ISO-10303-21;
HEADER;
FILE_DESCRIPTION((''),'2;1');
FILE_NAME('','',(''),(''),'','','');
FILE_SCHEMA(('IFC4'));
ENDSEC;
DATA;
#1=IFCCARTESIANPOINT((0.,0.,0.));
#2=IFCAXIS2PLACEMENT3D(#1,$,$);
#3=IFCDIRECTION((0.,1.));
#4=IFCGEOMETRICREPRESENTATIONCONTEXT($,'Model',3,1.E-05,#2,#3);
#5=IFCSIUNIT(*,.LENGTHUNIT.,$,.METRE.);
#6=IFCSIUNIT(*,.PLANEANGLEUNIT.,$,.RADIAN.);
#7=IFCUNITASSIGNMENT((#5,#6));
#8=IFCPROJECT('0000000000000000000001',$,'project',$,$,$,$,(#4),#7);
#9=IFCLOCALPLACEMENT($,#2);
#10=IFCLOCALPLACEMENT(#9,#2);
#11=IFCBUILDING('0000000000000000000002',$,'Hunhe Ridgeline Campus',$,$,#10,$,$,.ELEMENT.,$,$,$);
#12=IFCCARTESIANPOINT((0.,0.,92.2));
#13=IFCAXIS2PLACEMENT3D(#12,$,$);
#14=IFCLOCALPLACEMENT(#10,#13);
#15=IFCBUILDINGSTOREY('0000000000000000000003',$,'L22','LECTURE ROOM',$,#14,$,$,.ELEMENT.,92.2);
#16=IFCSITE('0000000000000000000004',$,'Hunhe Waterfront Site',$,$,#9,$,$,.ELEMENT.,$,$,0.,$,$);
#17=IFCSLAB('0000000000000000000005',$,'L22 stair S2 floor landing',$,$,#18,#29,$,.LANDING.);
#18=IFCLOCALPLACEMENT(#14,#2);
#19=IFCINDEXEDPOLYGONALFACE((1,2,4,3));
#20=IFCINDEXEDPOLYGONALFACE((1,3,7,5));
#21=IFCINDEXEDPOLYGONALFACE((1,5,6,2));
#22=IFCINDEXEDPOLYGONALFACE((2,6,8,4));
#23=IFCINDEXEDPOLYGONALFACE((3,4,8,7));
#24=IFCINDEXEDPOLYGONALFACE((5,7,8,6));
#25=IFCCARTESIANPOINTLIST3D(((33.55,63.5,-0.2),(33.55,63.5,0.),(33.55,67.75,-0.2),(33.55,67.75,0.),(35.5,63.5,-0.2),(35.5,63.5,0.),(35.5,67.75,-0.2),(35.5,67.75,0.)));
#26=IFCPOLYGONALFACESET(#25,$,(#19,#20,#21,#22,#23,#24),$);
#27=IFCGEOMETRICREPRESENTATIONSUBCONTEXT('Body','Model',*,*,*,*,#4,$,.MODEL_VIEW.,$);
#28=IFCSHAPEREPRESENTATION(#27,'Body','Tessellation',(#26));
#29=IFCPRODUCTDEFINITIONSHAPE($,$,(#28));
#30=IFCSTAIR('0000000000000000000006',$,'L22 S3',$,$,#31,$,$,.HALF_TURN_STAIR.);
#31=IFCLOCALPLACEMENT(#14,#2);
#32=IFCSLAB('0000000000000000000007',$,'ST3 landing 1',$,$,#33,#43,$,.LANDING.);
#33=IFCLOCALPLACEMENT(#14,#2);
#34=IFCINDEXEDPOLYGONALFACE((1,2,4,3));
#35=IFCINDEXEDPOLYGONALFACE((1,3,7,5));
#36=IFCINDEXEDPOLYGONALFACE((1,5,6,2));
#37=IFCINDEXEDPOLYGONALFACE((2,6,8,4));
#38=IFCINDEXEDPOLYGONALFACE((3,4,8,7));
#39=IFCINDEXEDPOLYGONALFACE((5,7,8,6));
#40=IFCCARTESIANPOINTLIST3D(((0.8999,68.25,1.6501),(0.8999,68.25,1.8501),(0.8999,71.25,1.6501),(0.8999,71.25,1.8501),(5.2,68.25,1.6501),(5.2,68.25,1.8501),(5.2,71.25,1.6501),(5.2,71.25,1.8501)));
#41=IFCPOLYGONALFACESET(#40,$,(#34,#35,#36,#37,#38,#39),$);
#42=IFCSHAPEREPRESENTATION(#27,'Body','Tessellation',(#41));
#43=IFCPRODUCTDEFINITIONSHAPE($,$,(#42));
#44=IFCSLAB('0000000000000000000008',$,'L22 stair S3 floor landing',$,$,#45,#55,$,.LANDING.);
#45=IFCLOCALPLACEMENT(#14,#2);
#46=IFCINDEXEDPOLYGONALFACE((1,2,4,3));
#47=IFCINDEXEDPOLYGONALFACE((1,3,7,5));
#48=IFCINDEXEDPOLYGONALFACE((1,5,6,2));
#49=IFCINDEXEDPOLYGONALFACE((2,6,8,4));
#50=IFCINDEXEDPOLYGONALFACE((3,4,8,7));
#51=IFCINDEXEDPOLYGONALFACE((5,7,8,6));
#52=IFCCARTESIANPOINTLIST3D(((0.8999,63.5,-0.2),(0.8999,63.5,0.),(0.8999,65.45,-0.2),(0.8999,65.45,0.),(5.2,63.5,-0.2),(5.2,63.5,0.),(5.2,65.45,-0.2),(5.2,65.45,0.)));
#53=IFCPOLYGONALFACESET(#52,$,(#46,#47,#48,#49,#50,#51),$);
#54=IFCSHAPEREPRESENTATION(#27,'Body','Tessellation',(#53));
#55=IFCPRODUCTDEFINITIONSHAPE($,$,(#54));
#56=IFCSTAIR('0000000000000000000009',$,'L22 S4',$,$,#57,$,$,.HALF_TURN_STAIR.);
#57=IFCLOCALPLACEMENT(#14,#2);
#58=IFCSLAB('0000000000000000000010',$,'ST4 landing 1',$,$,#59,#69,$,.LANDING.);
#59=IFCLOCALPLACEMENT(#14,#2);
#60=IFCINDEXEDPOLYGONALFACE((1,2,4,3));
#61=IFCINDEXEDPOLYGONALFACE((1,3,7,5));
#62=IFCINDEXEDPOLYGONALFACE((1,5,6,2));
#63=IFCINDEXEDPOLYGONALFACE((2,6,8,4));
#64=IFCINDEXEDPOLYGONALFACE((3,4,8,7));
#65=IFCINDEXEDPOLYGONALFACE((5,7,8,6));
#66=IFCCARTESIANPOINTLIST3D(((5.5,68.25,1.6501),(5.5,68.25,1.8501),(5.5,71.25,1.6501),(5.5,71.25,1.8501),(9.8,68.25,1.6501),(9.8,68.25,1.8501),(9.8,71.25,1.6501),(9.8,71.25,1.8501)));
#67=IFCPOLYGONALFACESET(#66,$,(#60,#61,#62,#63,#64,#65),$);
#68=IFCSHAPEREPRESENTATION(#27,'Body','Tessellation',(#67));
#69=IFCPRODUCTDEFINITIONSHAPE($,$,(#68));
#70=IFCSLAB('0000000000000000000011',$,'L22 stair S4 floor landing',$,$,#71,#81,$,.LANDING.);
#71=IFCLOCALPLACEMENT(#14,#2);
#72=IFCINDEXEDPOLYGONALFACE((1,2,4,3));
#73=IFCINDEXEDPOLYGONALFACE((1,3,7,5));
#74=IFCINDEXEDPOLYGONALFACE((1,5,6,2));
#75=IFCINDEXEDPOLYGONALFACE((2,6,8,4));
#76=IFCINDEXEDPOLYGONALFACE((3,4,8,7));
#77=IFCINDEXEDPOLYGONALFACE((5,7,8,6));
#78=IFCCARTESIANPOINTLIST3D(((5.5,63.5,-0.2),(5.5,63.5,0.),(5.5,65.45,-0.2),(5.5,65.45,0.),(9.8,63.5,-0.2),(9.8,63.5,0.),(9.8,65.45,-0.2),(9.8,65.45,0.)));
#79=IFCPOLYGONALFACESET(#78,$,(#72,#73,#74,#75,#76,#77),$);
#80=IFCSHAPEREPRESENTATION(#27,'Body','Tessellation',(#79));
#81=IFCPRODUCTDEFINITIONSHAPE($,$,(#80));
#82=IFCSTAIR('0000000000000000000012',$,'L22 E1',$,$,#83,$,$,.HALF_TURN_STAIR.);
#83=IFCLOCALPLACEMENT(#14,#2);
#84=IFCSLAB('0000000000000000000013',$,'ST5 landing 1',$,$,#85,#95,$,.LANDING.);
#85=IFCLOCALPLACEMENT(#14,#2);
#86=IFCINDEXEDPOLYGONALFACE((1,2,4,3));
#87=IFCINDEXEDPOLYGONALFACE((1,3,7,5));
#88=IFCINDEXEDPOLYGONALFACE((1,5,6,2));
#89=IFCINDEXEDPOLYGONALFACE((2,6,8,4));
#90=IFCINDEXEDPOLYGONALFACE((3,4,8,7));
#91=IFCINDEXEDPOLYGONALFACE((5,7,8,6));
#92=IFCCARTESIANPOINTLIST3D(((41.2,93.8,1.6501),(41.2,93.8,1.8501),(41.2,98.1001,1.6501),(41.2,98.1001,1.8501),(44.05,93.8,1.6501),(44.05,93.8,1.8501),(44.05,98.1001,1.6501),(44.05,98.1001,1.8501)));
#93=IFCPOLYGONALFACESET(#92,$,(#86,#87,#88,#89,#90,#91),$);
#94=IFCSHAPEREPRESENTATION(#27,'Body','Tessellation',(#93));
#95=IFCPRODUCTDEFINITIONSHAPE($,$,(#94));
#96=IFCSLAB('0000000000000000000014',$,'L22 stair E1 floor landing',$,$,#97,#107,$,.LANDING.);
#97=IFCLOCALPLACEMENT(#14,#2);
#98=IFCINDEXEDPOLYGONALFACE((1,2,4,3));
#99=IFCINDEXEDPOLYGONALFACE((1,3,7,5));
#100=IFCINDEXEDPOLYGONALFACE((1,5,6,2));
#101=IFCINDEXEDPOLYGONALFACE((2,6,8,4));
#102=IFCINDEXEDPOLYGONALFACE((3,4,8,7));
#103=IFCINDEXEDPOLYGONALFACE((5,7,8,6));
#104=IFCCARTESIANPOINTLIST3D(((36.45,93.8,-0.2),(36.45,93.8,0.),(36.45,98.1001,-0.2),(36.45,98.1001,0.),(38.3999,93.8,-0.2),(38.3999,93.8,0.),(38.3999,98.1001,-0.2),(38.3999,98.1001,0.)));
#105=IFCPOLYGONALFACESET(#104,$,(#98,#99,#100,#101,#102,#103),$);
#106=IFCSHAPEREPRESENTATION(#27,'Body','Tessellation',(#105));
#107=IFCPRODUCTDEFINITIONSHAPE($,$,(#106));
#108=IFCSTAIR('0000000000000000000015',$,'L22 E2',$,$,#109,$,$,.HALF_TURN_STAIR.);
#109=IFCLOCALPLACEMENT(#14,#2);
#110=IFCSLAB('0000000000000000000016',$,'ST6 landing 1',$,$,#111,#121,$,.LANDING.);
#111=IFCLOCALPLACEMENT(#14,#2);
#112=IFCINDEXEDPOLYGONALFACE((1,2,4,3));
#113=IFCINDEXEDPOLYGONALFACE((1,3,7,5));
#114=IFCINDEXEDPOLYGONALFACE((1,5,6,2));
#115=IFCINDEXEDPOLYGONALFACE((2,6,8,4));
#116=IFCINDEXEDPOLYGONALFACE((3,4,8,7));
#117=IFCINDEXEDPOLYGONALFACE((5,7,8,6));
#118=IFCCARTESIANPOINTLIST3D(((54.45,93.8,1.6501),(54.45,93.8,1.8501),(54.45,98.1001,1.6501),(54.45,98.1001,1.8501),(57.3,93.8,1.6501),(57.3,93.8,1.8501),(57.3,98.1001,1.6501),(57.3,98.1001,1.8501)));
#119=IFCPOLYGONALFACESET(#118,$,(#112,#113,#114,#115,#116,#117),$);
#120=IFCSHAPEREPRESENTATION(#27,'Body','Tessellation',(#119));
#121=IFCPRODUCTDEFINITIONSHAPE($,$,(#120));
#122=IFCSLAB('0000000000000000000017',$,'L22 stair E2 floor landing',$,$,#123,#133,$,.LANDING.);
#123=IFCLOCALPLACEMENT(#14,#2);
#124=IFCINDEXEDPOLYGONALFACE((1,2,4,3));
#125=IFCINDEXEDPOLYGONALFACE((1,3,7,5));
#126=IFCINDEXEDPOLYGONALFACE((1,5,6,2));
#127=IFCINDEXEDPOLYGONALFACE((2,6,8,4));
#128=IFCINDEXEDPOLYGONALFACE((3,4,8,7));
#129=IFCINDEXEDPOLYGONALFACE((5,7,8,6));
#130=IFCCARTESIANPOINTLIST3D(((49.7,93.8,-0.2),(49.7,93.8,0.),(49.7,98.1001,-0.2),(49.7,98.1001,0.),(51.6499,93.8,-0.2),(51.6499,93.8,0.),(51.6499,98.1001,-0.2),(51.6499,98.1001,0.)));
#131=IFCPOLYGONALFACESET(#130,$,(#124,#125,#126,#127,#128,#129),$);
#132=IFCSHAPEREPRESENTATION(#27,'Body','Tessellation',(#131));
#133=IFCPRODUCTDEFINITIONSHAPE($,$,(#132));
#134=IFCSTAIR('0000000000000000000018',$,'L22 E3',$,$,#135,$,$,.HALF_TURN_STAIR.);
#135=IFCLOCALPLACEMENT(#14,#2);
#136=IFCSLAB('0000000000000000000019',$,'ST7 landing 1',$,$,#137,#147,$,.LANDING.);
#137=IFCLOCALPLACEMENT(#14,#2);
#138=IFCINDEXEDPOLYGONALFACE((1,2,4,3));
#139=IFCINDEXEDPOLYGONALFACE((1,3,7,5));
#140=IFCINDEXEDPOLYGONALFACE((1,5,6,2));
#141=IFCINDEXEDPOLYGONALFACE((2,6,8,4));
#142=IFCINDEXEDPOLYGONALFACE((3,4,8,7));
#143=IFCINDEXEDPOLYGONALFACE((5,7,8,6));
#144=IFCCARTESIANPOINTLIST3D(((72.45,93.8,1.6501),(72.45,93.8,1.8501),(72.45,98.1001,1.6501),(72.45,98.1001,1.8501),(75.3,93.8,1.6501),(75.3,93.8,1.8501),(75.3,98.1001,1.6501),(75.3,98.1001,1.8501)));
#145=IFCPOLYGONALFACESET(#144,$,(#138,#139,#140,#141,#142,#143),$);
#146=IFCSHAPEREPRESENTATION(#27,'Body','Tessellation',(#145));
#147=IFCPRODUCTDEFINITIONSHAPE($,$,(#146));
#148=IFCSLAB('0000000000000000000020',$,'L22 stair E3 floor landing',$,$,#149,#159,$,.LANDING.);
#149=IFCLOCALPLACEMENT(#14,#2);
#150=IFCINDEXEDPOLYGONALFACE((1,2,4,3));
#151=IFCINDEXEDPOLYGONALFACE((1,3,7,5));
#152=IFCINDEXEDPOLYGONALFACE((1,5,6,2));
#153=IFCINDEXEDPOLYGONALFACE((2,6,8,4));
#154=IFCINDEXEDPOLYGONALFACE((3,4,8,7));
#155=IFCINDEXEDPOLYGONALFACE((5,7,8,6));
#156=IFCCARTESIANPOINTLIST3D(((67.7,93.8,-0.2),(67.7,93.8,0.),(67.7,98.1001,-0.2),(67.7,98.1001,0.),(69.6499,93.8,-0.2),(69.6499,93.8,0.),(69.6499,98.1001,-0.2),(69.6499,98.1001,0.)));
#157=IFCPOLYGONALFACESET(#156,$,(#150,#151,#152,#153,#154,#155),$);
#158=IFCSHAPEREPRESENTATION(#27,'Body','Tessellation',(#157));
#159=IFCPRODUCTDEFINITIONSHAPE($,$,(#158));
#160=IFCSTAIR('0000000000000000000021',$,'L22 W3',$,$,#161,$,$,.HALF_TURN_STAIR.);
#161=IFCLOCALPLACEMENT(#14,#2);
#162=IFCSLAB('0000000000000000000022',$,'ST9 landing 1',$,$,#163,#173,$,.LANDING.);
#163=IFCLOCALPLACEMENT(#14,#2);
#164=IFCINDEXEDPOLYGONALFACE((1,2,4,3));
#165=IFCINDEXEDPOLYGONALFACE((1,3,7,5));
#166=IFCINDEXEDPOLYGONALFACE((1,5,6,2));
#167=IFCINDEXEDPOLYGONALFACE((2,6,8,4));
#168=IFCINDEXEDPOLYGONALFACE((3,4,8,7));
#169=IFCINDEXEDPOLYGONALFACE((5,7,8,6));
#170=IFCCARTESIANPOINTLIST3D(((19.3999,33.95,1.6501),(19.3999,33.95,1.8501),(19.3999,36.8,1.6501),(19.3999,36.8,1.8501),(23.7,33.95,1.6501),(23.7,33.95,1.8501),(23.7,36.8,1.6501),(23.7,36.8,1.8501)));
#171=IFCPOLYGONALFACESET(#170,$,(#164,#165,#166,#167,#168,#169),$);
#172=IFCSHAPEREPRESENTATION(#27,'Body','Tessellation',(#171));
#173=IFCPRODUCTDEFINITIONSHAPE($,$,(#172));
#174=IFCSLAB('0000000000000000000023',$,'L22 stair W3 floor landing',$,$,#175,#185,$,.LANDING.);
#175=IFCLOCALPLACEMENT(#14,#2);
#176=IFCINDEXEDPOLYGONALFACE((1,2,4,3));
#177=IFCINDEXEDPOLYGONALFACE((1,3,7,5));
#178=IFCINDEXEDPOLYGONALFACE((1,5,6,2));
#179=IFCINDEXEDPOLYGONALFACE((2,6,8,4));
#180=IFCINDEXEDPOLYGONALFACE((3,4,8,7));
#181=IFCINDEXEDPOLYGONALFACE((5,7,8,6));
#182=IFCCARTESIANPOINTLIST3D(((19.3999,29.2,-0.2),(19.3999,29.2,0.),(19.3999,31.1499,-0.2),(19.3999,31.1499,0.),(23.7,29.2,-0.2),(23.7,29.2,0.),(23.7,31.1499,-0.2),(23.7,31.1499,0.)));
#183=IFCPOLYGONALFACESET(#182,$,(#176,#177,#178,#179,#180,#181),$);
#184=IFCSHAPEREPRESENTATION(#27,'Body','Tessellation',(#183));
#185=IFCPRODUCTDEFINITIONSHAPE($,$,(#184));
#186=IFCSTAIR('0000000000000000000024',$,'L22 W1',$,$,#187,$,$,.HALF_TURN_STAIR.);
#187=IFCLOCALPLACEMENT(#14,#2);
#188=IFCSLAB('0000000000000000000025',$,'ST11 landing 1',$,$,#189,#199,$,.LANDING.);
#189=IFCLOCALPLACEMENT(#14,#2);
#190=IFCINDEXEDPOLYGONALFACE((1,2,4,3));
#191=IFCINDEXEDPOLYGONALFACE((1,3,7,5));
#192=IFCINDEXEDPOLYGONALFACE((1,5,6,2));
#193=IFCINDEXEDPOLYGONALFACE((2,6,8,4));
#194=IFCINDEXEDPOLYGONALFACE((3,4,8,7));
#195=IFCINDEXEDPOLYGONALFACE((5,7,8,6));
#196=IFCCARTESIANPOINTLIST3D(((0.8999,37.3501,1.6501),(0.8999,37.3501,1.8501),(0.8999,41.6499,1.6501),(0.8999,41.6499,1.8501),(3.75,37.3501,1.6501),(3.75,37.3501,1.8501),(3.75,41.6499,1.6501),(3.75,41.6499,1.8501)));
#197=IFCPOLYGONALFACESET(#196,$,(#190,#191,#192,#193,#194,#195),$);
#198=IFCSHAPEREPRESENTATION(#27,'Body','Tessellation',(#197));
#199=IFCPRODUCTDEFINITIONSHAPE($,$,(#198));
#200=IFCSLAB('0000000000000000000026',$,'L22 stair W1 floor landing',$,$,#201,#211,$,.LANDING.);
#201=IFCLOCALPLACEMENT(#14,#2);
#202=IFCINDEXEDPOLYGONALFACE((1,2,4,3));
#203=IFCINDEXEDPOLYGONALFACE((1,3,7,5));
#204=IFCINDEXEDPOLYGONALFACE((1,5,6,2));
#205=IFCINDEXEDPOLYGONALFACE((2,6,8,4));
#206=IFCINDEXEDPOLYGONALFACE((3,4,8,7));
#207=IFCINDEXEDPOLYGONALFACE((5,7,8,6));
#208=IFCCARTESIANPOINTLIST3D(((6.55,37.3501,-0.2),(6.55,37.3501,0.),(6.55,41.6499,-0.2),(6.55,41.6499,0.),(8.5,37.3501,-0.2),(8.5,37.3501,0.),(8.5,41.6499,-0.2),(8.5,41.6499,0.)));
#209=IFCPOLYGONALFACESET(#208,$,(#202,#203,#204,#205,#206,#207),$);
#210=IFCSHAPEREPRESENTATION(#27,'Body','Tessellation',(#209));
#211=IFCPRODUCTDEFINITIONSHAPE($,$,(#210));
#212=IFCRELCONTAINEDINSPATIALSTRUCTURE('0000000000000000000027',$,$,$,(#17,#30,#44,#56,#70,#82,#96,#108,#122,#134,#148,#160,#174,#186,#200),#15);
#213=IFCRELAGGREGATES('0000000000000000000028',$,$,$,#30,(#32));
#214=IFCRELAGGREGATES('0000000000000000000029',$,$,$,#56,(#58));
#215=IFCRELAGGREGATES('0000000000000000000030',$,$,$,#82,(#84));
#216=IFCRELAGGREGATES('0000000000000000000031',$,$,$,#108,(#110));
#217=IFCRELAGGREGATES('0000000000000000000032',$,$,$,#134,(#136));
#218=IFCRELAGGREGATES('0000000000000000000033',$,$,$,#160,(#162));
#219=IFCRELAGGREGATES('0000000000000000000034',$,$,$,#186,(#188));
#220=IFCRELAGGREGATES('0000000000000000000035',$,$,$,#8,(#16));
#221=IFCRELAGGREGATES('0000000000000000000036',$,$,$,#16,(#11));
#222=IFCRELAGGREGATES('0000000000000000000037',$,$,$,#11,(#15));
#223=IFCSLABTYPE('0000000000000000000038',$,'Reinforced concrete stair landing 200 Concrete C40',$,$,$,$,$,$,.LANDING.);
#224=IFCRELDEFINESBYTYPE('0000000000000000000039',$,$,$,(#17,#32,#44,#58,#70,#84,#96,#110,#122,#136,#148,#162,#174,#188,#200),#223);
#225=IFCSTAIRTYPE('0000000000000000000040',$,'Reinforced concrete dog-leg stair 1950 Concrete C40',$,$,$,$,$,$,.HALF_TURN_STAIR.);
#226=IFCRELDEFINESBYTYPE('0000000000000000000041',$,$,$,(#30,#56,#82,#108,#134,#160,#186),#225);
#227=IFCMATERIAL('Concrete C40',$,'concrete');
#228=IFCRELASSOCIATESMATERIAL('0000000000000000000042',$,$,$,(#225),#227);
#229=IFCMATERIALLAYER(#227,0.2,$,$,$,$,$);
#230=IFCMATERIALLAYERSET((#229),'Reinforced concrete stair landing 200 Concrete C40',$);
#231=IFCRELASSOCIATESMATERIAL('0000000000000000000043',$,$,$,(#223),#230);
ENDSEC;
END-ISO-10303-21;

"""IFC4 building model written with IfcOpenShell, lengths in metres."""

from ifc_helpers import new_model, si_unit, direction, frame, origin, place, context, subcontext, project, spatial, polyline, outline, extrude, material, layer, layer_set, type_object, element, aggregate, save


model = new_model("IFC4")

# Units and contexts
model_context = context("Model", 3, precision=1e-05, world=origin(), true_north=direction((0.0, 1.0)))
body_context = subcontext(model_context, "Body", "Model", "MODEL_VIEW")
ifc_project = project(units=[si_unit("LENGTHUNIT", "METRE"), si_unit("PLANEANGLEUNIT", "RADIAN")], contexts=[model_context])

# Site, building, storey
site_placement = place(None, origin())
site = spatial("IfcSite", under=ifc_project, at=site_placement, Name="Hunhe Waterfront Site", CompositionType="ELEMENT", RefElevation=0.0)
building_placement = place(site_placement, origin())
building = spatial("IfcBuilding", under=site, at=building_placement, Name="Hunhe Ridgeline Campus", CompositionType="ELEMENT")
storey_placement = place(building_placement, frame((0.0, 0.0, 92.2)))
storey = spatial("IfcBuildingStorey", under=building, at=storey_placement, Name="L22", Description="LECTURE ROOM", CompositionType="ELEMENT", Elevation=92.2)

# Shared definitions
ifc_material_1 = material(Name="Concrete C40", Category="concrete")

# Shared definitions
stair_type = type_object("IfcStairType", Name="Reinforced concrete dog-leg stair 1950 Concrete C40", PredefinedType="HALF_TURN_STAIR", material=ifc_material_1)
ifc_layer_1 = layer(ifc_material_1, 0.2)
ifc_layer_set_1 = layer_set([ifc_layer_1], Name="Reinforced concrete stair landing 200 Concrete C40")
slab_type_1 = type_object("IfcSlabType", Name="Reinforced concrete stair landing 200 Concrete C40", PredefinedType="LANDING", material=ifc_layer_set_1)

# Slab
slab_1_placement = place(storey_placement, frame((0.0, 0.0, -0.2)))
element("IfcSlab", 1, at=slab_1_placement, inside=storey, type_object=slab_type_1, Name="L22 stair S2 floor landing", PredefinedType="LANDING", context=body_context, shape_type="SweptSolid", body=[
    extrude(outline(polyline([(35.5, 67.75), (33.55, 67.75), (33.55, 63.5), (35.5, 63.5), (35.5, 67.75)])), origin(), (0.0, 0.0, 1.0), 0.2),
])

# Stair, slab
stair_1_placement = place(storey_placement, origin())
stair_1 = element("IfcStair", 2, at=stair_1_placement, inside=storey, type_object=stair_type, Name="L22 S3", PredefinedType="HALF_TURN_STAIR")
slab_2_placement = place(storey_placement, frame((0.0, 0.0, 1.6501)))
slab_2 = element("IfcSlab", 3, at=slab_2_placement, type_object=slab_type_1, Name="ST3 landing 1", PredefinedType="LANDING", context=body_context, shape_type="SweptSolid", body=[
    extrude(outline(polyline([(5.2, 68.25), (5.2, 71.25), (0.8999, 71.25), (0.8999, 68.25), (5.2, 68.25)])), origin(), (0.0, 0.0, 1.0), 0.2),
])
aggregate(stair_1, [slab_2])

# Slab
slab_3_placement = place(storey_placement, frame((0.0, 0.0, -0.2)))
element("IfcSlab", 4, at=slab_3_placement, inside=storey, type_object=slab_type_1, Name="L22 stair S3 floor landing", PredefinedType="LANDING", context=body_context, shape_type="SweptSolid", body=[
    extrude(outline(polyline([(5.2, 63.5), (5.2, 65.45), (0.8999, 65.45), (0.8999, 63.5), (5.2, 63.5)])), origin(), (0.0, 0.0, 1.0), 0.2),
])

# Stair, slab
stair_2_placement = place(storey_placement, origin())
stair_2 = element("IfcStair", 5, at=stair_2_placement, inside=storey, type_object=stair_type, Name="L22 S4", PredefinedType="HALF_TURN_STAIR")
slab_4_placement = place(storey_placement, frame((0.0, 0.0, 1.6501)))
slab_4 = element("IfcSlab", 6, at=slab_4_placement, type_object=slab_type_1, Name="ST4 landing 1", PredefinedType="LANDING", context=body_context, shape_type="SweptSolid", body=[
    extrude(outline(polyline([(9.8, 68.25), (9.8, 71.25), (5.5, 71.25), (5.5, 68.25), (9.8, 68.25)])), origin(), (0.0, 0.0, 1.0), 0.2),
])
aggregate(stair_2, [slab_4])

# Slab
slab_5_placement = place(storey_placement, frame((0.0, 0.0, -0.2)))
element("IfcSlab", 7, at=slab_5_placement, inside=storey, type_object=slab_type_1, Name="L22 stair S4 floor landing", PredefinedType="LANDING", context=body_context, shape_type="SweptSolid", body=[
    extrude(outline(polyline([(9.8, 63.5), (9.8, 65.45), (5.5, 65.45), (5.5, 63.5), (9.8, 63.5)])), origin(), (0.0, 0.0, 1.0), 0.2),
])

# Stair, slab
stair_3_placement = place(storey_placement, origin())
stair_3 = element("IfcStair", 8, at=stair_3_placement, inside=storey, type_object=stair_type, Name="L22 E1", PredefinedType="HALF_TURN_STAIR")
slab_6_placement = place(storey_placement, frame((0.0, 0.0, 1.6501)))
slab_6 = element("IfcSlab", 9, at=slab_6_placement, type_object=slab_type_1, Name="ST5 landing 1", PredefinedType="LANDING", context=body_context, shape_type="SweptSolid", body=[
    extrude(outline(polyline([(41.2, 93.8), (44.05, 93.8), (44.05, 98.1001), (41.2, 98.1001), (41.2, 93.8)])), origin(), (0.0, 0.0, 1.0), 0.2),
])
aggregate(stair_3, [slab_6])

# Slab
slab_7_placement = place(storey_placement, frame((0.0, 0.0, -0.2)))
element("IfcSlab", 10, at=slab_7_placement, inside=storey, type_object=slab_type_1, Name="L22 stair E1 floor landing", PredefinedType="LANDING", context=body_context, shape_type="SweptSolid", body=[
    extrude(outline(polyline([(36.45, 93.8), (38.3999, 93.8), (38.3999, 98.1001), (36.45, 98.1001), (36.45, 93.8)])), origin(), (0.0, 0.0, 1.0), 0.2),
])

# Stair, slab
stair_4_placement = place(storey_placement, origin())
stair_4 = element("IfcStair", 11, at=stair_4_placement, inside=storey, type_object=stair_type, Name="L22 E2", PredefinedType="HALF_TURN_STAIR")
slab_8_placement = place(storey_placement, frame((0.0, 0.0, 1.6501)))
slab_8 = element("IfcSlab", 12, at=slab_8_placement, type_object=slab_type_1, Name="ST6 landing 1", PredefinedType="LANDING", context=body_context, shape_type="SweptSolid", body=[
    extrude(outline(polyline([(54.45, 93.8), (57.3, 93.8), (57.3, 98.1001), (54.45, 98.1001), (54.45, 93.8)])), origin(), (0.0, 0.0, 1.0), 0.2),
])
aggregate(stair_4, [slab_8])

# Slab
slab_9_placement = place(storey_placement, frame((0.0, 0.0, -0.2)))
element("IfcSlab", 13, at=slab_9_placement, inside=storey, type_object=slab_type_1, Name="L22 stair E2 floor landing", PredefinedType="LANDING", context=body_context, shape_type="SweptSolid", body=[
    extrude(outline(polyline([(49.7, 93.8), (51.6499, 93.8), (51.6499, 98.1001), (49.7, 98.1001), (49.7, 93.8)])), origin(), (0.0, 0.0, 1.0), 0.2),
])

# Stair, slab
stair_5_placement = place(storey_placement, origin())
stair_5 = element("IfcStair", 14, at=stair_5_placement, inside=storey, type_object=stair_type, Name="L22 E3", PredefinedType="HALF_TURN_STAIR")
slab_10_placement = place(storey_placement, frame((0.0, 0.0, 1.6501)))
slab_10 = element("IfcSlab", 15, at=slab_10_placement, type_object=slab_type_1, Name="ST7 landing 1", PredefinedType="LANDING", context=body_context, shape_type="SweptSolid", body=[
    extrude(outline(polyline([(72.45, 93.8), (75.3, 93.8), (75.3, 98.1001), (72.45, 98.1001), (72.45, 93.8)])), origin(), (0.0, 0.0, 1.0), 0.2),
])
aggregate(stair_5, [slab_10])

# Slab
slab_11_placement = place(storey_placement, frame((0.0, 0.0, -0.2)))
element("IfcSlab", 16, at=slab_11_placement, inside=storey, type_object=slab_type_1, Name="L22 stair E3 floor landing", PredefinedType="LANDING", context=body_context, shape_type="SweptSolid", body=[
    extrude(outline(polyline([(67.7, 93.8), (69.6499, 93.8), (69.6499, 98.1001), (67.7, 98.1001), (67.7, 93.8)])), origin(), (0.0, 0.0, 1.0), 0.2),
])

# Stair, slab
stair_6_placement = place(storey_placement, origin())
stair_6 = element("IfcStair", 17, at=stair_6_placement, inside=storey, type_object=stair_type, Name="L22 W3", PredefinedType="HALF_TURN_STAIR")
slab_12_placement = place(storey_placement, frame((0.0, 0.0, 1.6501)))
slab_12 = element("IfcSlab", 18, at=slab_12_placement, type_object=slab_type_1, Name="ST9 landing 1", PredefinedType="LANDING", context=body_context, shape_type="SweptSolid", body=[
    extrude(outline(polyline([(23.7, 33.95), (23.7, 36.8), (19.3999, 36.8), (19.3999, 33.95), (23.7, 33.95)])), origin(), (0.0, 0.0, 1.0), 0.2),
])
aggregate(stair_6, [slab_12])

# Slab
slab_13_placement = place(storey_placement, frame((0.0, 0.0, -0.2)))
element("IfcSlab", 19, at=slab_13_placement, inside=storey, type_object=slab_type_1, Name="L22 stair W3 floor landing", PredefinedType="LANDING", context=body_context, shape_type="SweptSolid", body=[
    extrude(outline(polyline([(23.7, 29.2), (23.7, 31.1499), (19.3999, 31.1499), (19.3999, 29.2), (23.7, 29.2)])), origin(), (0.0, 0.0, 1.0), 0.2),
])

# Stair, slab
stair_7_placement = place(storey_placement, origin())
stair_7 = element("IfcStair", 20, at=stair_7_placement, inside=storey, type_object=stair_type, Name="L22 W1", PredefinedType="HALF_TURN_STAIR")
slab_14_placement = place(storey_placement, frame((0.0, 0.0, 1.6501)))
slab_14 = element("IfcSlab", 21, at=slab_14_placement, type_object=slab_type_1, Name="ST11 landing 1", PredefinedType="LANDING", context=body_context, shape_type="SweptSolid", body=[
    extrude(outline(polyline([(3.75, 41.6499), (0.8999, 41.6499), (0.8999, 37.3501), (3.75, 37.3501), (3.75, 41.6499)])), origin(), (0.0, 0.0, 1.0), 0.2),
])
aggregate(stair_7, [slab_14])

# Slab
slab_15_placement = place(storey_placement, frame((0.0, 0.0, -0.2)))
element("IfcSlab", 22, at=slab_15_placement, inside=storey, type_object=slab_type_1, Name="L22 stair W1 floor landing", PredefinedType="LANDING", context=body_context, shape_type="SweptSolid", body=[
    extrude(outline(polyline([(8.5, 41.6499), (6.55, 41.6499), (6.55, 37.3501), (8.5, 37.3501), (8.5, 41.6499)])), origin(), (0.0, 0.0, 1.0), 0.2),
])

save(model, "model.ifc")
